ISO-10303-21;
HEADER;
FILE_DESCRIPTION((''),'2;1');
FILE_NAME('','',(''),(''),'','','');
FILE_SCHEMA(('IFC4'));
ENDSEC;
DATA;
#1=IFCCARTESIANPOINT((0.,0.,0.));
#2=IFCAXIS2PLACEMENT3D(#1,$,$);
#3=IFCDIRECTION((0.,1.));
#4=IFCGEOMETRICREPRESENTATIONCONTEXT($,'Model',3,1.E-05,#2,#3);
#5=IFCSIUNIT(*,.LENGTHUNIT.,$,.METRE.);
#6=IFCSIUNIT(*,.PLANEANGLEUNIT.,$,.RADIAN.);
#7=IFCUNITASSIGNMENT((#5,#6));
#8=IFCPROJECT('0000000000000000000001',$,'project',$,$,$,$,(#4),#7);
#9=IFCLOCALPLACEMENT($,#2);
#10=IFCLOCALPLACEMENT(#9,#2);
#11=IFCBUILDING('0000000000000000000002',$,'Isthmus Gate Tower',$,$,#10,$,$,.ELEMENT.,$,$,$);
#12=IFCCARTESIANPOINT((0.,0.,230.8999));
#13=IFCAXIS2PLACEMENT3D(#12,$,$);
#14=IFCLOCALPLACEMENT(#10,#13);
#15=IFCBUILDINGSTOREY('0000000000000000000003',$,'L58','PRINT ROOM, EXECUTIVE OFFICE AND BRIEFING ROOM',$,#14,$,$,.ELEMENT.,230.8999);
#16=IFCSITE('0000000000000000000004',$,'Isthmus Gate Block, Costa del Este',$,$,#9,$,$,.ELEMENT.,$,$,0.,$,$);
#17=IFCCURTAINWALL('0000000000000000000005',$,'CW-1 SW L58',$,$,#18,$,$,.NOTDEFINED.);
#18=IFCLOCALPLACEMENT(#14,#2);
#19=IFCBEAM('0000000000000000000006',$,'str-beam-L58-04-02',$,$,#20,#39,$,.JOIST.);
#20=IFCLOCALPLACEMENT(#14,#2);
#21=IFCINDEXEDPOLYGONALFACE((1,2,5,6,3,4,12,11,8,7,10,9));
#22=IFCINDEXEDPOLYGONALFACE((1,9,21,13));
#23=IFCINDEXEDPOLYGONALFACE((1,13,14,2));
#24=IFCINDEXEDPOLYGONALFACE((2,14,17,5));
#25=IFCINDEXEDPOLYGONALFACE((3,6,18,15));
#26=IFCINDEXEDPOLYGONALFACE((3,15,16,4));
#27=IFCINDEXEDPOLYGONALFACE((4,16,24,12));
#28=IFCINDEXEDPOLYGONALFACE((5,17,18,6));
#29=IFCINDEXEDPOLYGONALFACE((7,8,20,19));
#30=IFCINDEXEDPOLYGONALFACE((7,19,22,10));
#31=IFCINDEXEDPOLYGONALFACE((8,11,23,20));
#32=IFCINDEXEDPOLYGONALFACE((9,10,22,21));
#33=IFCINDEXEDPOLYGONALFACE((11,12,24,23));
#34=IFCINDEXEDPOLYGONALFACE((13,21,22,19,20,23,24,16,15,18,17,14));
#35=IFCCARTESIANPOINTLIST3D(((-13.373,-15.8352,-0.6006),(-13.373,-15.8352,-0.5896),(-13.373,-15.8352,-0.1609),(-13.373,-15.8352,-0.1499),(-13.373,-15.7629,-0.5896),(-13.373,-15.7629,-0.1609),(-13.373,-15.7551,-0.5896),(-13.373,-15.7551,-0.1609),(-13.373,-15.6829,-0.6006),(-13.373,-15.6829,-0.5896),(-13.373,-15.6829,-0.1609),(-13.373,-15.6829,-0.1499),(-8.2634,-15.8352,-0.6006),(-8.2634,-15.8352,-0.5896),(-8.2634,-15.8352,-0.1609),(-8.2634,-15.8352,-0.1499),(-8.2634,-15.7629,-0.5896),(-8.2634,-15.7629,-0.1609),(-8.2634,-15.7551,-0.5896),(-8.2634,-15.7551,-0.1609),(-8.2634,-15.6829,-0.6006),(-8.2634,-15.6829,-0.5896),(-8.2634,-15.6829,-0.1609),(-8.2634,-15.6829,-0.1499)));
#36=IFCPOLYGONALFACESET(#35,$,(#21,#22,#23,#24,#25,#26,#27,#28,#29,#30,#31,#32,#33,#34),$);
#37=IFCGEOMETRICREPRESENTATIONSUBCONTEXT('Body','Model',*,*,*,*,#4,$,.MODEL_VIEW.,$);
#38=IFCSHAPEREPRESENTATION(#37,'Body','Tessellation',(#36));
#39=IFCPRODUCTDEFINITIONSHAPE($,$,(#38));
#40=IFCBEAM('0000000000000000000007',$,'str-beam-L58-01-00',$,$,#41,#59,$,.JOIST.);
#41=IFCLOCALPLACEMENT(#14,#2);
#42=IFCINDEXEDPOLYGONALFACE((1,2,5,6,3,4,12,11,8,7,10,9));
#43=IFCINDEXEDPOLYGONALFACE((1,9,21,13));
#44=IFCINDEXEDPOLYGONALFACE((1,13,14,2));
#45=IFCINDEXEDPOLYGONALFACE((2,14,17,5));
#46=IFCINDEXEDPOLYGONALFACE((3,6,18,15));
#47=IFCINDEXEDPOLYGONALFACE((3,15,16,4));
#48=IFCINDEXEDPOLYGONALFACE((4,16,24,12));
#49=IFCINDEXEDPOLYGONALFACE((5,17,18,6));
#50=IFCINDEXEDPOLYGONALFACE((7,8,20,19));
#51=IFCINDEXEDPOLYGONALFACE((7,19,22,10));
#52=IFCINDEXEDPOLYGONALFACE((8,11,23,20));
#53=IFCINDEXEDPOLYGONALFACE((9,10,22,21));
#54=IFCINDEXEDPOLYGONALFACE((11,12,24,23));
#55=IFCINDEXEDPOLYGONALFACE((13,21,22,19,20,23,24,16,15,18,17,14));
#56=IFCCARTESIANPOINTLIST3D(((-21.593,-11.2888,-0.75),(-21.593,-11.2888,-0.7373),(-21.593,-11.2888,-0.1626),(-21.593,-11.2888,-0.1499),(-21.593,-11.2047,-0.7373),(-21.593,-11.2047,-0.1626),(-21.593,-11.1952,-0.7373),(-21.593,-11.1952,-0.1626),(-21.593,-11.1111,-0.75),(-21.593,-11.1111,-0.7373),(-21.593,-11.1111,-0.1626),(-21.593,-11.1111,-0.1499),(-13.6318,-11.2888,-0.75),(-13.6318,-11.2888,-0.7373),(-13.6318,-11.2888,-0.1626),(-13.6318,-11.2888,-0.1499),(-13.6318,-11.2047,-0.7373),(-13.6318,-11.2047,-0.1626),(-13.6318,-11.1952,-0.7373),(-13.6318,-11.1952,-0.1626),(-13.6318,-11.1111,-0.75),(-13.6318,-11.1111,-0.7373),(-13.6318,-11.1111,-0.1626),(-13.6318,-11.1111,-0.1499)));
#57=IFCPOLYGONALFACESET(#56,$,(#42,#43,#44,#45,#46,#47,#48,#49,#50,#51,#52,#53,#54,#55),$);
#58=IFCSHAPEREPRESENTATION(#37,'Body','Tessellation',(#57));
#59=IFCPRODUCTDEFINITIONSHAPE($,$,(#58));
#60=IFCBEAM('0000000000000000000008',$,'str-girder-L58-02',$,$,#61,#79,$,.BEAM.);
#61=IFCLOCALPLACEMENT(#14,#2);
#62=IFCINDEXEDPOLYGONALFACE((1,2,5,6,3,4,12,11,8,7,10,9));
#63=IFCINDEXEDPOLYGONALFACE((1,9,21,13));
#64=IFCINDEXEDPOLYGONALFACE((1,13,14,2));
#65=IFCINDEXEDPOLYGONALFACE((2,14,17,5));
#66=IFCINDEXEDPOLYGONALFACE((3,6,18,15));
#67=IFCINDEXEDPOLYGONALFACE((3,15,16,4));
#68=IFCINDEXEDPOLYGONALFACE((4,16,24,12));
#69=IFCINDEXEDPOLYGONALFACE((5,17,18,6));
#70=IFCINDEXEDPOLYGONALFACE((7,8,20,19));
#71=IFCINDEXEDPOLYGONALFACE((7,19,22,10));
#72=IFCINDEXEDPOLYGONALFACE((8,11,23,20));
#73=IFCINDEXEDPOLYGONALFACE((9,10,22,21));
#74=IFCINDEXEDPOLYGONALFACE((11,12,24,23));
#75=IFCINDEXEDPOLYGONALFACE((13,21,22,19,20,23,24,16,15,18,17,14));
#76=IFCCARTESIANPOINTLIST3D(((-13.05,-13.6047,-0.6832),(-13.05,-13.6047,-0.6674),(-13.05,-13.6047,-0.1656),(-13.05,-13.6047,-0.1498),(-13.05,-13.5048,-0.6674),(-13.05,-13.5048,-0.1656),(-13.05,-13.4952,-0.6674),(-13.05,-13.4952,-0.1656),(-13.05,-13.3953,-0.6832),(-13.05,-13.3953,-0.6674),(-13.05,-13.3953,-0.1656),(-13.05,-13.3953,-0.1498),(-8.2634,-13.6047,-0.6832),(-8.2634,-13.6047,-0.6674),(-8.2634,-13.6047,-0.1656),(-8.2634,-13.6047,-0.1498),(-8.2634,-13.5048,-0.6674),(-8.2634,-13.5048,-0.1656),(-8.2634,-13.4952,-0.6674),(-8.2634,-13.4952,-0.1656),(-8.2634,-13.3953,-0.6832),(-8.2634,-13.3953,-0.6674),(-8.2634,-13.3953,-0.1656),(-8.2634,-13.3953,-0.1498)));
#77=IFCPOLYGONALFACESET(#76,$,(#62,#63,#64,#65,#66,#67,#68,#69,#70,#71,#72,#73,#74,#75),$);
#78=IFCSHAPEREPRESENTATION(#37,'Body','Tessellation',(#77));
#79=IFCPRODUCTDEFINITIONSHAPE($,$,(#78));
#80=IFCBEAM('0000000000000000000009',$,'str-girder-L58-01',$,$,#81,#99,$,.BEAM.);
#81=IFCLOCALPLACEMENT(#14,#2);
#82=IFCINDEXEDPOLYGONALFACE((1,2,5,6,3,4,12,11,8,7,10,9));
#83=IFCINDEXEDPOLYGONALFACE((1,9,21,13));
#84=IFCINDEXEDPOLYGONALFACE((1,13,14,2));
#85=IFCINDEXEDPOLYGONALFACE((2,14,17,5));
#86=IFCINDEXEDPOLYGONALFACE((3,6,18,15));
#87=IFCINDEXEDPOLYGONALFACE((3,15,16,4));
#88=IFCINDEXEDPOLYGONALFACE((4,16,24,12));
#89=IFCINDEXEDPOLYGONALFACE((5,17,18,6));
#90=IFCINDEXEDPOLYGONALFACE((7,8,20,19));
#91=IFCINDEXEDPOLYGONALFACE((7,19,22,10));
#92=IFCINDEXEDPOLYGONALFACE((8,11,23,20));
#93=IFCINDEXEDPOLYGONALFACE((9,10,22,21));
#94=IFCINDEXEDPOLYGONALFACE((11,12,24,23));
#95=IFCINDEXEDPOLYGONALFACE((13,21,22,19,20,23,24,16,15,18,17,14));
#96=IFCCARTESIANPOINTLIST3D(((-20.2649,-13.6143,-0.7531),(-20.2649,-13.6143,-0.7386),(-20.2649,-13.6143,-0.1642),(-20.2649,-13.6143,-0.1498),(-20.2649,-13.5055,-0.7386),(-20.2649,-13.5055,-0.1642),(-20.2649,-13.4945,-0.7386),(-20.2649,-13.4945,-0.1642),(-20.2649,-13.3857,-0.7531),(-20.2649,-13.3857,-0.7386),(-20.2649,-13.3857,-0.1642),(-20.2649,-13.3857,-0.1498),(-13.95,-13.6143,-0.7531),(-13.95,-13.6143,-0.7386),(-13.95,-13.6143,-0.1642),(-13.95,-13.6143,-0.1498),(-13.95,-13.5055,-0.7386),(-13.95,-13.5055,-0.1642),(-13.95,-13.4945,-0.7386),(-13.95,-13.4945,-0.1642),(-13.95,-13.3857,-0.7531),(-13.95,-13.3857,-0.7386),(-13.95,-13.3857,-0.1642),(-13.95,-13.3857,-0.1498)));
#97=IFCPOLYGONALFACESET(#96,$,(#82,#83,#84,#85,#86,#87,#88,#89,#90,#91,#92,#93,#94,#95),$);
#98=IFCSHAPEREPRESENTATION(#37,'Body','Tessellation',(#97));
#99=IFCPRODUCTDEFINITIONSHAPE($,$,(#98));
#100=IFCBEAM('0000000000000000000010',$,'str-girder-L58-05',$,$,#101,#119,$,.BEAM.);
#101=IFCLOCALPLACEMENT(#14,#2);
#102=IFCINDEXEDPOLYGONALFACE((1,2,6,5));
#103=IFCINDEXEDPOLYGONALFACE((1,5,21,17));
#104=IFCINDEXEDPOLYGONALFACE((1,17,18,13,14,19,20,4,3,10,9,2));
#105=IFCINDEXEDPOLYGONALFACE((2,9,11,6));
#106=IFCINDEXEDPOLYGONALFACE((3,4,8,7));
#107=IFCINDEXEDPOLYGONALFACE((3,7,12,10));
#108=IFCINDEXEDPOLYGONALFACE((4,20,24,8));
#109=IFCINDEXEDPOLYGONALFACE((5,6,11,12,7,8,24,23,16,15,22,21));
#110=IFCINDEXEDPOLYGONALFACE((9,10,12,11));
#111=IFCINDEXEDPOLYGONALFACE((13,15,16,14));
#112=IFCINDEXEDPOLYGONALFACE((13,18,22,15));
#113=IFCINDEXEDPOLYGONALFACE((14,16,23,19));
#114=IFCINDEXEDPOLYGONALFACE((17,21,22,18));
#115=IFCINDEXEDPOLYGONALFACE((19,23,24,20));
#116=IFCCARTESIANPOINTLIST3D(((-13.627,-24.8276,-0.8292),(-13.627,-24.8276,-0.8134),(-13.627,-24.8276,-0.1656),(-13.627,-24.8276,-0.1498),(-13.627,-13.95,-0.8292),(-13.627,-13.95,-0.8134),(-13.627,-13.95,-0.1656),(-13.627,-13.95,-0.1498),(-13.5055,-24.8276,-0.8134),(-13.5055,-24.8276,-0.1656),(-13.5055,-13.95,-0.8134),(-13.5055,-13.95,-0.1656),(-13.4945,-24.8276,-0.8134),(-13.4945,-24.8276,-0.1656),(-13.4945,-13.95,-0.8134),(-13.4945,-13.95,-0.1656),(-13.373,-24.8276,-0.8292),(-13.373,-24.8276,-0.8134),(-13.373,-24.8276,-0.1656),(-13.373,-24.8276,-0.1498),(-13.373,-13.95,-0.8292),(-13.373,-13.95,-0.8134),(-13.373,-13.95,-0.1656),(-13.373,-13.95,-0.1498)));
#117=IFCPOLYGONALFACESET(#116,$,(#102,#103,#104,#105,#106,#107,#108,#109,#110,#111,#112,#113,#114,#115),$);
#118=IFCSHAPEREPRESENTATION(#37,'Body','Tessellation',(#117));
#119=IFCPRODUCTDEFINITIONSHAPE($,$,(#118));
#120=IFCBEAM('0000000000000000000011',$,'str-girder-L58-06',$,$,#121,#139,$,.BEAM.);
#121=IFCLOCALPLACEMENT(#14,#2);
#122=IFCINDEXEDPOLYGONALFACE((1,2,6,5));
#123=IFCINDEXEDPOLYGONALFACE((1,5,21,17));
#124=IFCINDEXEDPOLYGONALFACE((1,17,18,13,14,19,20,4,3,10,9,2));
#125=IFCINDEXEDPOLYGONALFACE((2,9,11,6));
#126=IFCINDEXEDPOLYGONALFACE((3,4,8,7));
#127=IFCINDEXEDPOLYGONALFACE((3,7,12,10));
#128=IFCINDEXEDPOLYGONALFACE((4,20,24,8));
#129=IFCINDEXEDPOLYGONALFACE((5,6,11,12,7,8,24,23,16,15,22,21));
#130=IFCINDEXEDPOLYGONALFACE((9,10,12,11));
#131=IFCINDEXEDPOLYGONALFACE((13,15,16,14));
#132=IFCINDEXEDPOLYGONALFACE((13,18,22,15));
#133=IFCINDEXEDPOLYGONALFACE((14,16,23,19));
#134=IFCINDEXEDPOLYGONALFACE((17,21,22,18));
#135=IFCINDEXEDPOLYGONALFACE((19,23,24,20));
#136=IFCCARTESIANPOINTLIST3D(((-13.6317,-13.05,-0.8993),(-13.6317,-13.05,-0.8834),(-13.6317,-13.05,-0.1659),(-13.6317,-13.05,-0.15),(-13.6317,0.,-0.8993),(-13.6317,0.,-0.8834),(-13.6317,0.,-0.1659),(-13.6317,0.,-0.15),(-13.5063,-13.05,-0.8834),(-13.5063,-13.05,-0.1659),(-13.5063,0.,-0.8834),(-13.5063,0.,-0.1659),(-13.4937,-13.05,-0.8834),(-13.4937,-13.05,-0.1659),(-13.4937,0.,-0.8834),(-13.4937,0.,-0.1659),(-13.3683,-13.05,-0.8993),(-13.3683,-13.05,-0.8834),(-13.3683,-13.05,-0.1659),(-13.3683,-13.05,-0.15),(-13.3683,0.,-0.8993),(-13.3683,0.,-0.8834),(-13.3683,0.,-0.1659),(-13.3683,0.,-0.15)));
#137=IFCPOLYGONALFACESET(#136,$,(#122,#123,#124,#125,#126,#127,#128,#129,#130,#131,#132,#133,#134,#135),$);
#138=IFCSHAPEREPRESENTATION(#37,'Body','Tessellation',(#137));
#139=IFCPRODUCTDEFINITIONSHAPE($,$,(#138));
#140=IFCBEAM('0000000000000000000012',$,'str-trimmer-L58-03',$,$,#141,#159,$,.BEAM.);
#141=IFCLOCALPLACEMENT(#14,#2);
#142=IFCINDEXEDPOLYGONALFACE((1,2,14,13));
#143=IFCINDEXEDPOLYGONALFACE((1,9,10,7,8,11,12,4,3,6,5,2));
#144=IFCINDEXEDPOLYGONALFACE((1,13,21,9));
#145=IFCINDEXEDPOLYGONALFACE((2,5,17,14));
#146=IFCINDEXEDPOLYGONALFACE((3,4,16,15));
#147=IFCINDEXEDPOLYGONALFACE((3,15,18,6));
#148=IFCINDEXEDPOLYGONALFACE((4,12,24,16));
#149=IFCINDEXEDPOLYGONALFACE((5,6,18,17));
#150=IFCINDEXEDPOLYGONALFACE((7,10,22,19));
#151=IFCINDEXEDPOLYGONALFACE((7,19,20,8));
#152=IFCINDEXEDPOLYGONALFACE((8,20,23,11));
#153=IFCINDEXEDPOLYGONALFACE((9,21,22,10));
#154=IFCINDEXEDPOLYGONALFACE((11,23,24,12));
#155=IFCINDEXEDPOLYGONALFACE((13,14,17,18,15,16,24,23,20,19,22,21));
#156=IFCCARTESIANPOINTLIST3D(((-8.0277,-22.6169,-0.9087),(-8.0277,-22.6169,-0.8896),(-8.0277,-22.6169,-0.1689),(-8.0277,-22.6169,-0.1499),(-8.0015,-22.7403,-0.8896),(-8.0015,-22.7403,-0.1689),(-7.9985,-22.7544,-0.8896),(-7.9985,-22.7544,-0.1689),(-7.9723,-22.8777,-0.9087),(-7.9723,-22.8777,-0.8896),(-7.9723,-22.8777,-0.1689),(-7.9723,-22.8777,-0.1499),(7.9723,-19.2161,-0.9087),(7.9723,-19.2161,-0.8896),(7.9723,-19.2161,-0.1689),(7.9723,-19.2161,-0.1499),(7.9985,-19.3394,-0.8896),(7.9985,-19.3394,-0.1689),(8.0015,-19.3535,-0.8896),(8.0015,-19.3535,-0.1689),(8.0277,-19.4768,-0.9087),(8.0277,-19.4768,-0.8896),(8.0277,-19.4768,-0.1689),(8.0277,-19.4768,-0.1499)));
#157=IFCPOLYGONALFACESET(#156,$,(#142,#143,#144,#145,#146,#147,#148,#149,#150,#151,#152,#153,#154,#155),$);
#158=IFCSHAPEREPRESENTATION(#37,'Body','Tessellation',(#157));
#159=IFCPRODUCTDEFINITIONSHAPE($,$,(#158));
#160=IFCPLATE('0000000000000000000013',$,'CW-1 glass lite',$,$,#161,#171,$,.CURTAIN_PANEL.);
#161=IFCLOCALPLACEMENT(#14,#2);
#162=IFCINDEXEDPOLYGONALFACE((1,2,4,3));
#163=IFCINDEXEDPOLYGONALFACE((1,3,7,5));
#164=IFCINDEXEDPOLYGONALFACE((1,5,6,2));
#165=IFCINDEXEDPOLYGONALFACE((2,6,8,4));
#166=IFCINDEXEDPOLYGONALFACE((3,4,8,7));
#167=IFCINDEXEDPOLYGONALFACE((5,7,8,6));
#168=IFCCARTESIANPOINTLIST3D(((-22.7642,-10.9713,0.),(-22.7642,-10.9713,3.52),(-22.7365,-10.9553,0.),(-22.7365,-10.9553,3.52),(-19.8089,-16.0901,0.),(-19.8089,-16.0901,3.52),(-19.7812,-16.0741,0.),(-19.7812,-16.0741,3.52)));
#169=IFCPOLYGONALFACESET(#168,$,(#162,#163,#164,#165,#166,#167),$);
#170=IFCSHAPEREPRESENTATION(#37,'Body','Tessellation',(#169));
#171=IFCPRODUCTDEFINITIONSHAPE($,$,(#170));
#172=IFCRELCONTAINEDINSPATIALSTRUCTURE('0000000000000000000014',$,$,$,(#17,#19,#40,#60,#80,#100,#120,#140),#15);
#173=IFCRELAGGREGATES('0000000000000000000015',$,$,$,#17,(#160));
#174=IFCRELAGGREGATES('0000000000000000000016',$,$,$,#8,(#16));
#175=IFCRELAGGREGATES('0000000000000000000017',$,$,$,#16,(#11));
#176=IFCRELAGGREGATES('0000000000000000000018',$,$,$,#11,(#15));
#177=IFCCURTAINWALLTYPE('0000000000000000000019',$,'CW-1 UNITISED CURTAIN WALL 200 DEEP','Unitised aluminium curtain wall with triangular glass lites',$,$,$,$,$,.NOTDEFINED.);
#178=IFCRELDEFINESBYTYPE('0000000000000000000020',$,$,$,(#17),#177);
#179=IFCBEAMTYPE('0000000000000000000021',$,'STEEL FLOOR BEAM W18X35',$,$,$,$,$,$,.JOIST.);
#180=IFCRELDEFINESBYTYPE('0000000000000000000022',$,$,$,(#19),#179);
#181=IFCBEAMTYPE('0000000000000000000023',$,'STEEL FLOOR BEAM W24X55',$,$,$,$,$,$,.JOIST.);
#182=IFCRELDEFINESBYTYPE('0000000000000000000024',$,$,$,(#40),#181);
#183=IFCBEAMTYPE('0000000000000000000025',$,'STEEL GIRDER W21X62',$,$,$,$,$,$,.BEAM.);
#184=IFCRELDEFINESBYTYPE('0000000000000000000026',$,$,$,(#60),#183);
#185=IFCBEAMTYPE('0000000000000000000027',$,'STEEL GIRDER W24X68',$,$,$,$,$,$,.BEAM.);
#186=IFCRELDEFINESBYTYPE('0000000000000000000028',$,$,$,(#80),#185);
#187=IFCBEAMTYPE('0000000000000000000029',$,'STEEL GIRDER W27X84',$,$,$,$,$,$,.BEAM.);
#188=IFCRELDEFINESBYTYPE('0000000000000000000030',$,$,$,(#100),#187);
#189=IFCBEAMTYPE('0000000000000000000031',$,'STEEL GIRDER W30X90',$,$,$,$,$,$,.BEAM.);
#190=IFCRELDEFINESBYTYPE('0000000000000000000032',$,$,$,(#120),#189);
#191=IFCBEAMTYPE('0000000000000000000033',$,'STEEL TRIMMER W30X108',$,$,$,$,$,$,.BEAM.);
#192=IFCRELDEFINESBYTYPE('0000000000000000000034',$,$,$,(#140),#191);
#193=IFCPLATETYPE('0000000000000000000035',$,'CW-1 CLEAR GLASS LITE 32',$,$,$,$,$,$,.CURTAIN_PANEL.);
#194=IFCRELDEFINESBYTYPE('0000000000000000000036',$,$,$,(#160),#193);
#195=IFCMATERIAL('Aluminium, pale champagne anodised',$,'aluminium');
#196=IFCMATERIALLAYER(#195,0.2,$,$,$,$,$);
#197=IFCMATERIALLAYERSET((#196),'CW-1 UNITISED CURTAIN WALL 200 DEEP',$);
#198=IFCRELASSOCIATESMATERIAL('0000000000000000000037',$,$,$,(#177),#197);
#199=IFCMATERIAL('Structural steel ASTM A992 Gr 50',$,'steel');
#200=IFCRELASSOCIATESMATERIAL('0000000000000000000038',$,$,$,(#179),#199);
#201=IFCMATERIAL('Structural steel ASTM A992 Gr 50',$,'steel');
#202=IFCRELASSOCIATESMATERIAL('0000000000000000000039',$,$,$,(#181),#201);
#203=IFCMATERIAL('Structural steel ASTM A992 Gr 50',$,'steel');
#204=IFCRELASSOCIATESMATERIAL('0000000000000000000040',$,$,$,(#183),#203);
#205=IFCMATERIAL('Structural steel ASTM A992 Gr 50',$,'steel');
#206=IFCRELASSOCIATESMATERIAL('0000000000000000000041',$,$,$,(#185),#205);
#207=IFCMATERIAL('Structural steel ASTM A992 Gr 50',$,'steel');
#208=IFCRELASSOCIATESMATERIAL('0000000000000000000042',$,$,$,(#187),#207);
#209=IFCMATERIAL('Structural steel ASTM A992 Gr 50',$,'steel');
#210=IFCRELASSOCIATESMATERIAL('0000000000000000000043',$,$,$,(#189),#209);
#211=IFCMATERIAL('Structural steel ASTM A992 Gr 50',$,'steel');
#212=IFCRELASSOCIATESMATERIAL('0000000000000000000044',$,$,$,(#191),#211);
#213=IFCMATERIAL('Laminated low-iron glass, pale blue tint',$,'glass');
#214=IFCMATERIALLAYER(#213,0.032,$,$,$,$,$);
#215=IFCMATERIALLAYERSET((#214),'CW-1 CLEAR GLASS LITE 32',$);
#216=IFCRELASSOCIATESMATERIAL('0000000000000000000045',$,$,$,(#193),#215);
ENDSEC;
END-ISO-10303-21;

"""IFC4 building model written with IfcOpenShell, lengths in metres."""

from ifc_helpers import new_model, si_unit, direction, frame, origin, origin_2d, place, context, subcontext, project, spatial, rectangle, i_section, extrude, material, layer, layer_set, material_profile, profile_set, type_object, element, aggregate, save


model = new_model("IFC4")

# Units and contexts
model_context = context("Model", 3, precision=1e-05, world=origin(), true_north=direction((0.0, 1.0)))
body_context = subcontext(model_context, "Body", "Model", "MODEL_VIEW")
ifc_project = project(units=[si_unit("LENGTHUNIT", "METRE"), si_unit("PLANEANGLEUNIT", "RADIAN")], contexts=[model_context])

# Site, building, storey
site_placement = place(None, origin())
site = spatial("IfcSite", under=ifc_project, at=site_placement, Name="Isthmus Gate Block, Costa del Este", CompositionType="ELEMENT", RefElevation=0.0)
building_placement = place(site_placement, origin())
building = spatial("IfcBuilding", under=site, at=building_placement, Name="Isthmus Gate Tower", CompositionType="ELEMENT")
storey_placement = place(building_placement, frame((0.0, 0.0, 230.8999)))
storey = spatial("IfcBuildingStorey", under=building, at=storey_placement, Name="L58", Description="PRINT ROOM, EXECUTIVE OFFICE AND BRIEFING ROOM", CompositionType="ELEMENT", Elevation=230.8999)

# Curtain wall
ifc_material_1 = material(Name="Aluminium, pale champagne anodised", Category="aluminium")
ifc_layer_1 = layer(ifc_material_1, 0.2)
ifc_layer_set_1 = layer_set([ifc_layer_1], Name="CW-1 UNITISED CURTAIN WALL 200 DEEP")
curtain_wall_type = type_object("IfcCurtainWallType", Name="CW-1 UNITISED CURTAIN WALL 200 DEEP", Description="Unitised aluminium curtain wall with triangular glass lites", PredefinedType="NOTDEFINED", material=ifc_layer_set_1)
curtain_wall_1_placement = place(storey_placement, origin())
curtain_wall_1 = element("IfcCurtainWall", 1, at=curtain_wall_1_placement, inside=storey, type_object=curtain_wall_type, Name="CW-1 SW L58", PredefinedType="NOTDEFINED")

# Beams
ifc_material_2 = material(Name="Structural steel ASTM A992 Gr 50", Category="steel")
ifc_material_profile_1 = material_profile(ifc_material_2, i_section(OverallWidth=0.1523, OverallDepth=0.4507, WebThickness=0.0078, FlangeThickness=0.011, at=origin_2d()), Name="W18X35")
ifc_profile_set_1 = profile_set([ifc_material_profile_1], Name="Structural steel ASTM A992 Gr 50")
beam_type_1 = type_object("IfcBeamType", Name="STEEL FLOOR BEAM W18X35", PredefinedType="JOIST", material=ifc_profile_set_1)
for number, where, z_axis, x_axis, name in (
    (2, (-13.373, -15.759, -0.3752), (1.0, 0.0, 0.0), (0.0, 1.0, 0.0), "str-beam-L58-04-02"),
):
    element("IfcBeam", number, at=place(storey_placement, frame(where, z_axis=z_axis, x_axis=x_axis)), inside=storey, type_object=beam_type_1, Name=name, PredefinedType="JOIST", context=body_context, shape_type="SweptSolid", body=[
        extrude(i_section(OverallWidth=0.1523, OverallDepth=0.4507, WebThickness=0.0078, FlangeThickness=0.011, at=origin_2d()), origin(), (0.0, 0.0, 1.0), 5.1096),
    ])
ifc_material_3 = material(Name="Structural steel ASTM A992 Gr 50", Category="steel")
ifc_material_profile_2 = material_profile(ifc_material_3, i_section(OverallWidth=0.1777, OverallDepth=0.6001, WebThickness=0.0095, FlangeThickness=0.0127, at=origin_2d()), Name="W24X55")
ifc_profile_set_2 = profile_set([ifc_material_profile_2], Name="Structural steel ASTM A992 Gr 50")
beam_type_2 = type_object("IfcBeamType", Name="STEEL FLOOR BEAM W24X55", PredefinedType="JOIST", material=ifc_profile_set_2)
beam_1_placement = place(storey_placement, frame((-21.593, -11.2, -0.45), z_axis=(1.0, 0.0, 0.0), x_axis=(0.0, 1.0, 0.0)))
element("IfcBeam", 3, at=beam_1_placement, inside=storey, type_object=beam_type_2, Name="str-beam-L58-01-00", PredefinedType="JOIST", context=body_context, shape_type="SweptSolid", body=[
    extrude(i_section(OverallWidth=0.1777, OverallDepth=0.6001, WebThickness=0.0095, FlangeThickness=0.0127, at=origin_2d()), origin(), (0.0, 0.0, 1.0), 7.9612),
])
ifc_material_4 = material(Name="Structural steel ASTM A992 Gr 50", Category="steel")
ifc_material_profile_3 = material_profile(ifc_material_4, i_section(OverallWidth=0.2095, OverallDepth=0.5334, WebThickness=0.0095, FlangeThickness=0.0159, at=origin_2d()), Name="W21X62")
ifc_profile_set_3 = profile_set([ifc_material_profile_3], Name="Structural steel ASTM A992 Gr 50")
beam_type_3 = type_object("IfcBeamType", Name="STEEL GIRDER W21X62", PredefinedType="BEAM", material=ifc_profile_set_3)
beam_2_placement = place(storey_placement, frame((-13.05, -13.5, -0.4165), z_axis=(1.0, 0.0, 0.0), x_axis=(0.0, 1.0, 0.0)))
element("IfcBeam", 4, at=beam_2_placement, inside=storey, type_object=beam_type_3, Name="str-girder-L58-02", PredefinedType="BEAM", context=body_context, shape_type="SweptSolid", body=[
    extrude(i_section(OverallWidth=0.2095, OverallDepth=0.5334, WebThickness=0.0095, FlangeThickness=0.0159, at=origin_2d()), origin(), (0.0, 0.0, 1.0), 4.7866),
])
ifc_material_5 = material(Name="Structural steel ASTM A992 Gr 50", Category="steel")
ifc_material_profile_4 = material_profile(ifc_material_5, i_section(OverallWidth=0.2285, OverallDepth=0.6033, WebThickness=0.011, FlangeThickness=0.0144, at=origin_2d()), Name="W24X68")
ifc_profile_set_4 = profile_set([ifc_material_profile_4], Name="Structural steel ASTM A992 Gr 50")
beam_type_4 = type_object("IfcBeamType", Name="STEEL GIRDER W24X68", PredefinedType="BEAM", material=ifc_profile_set_4)
beam_3_placement = place(storey_placement, frame((-20.2649, -13.5, -0.4514), z_axis=(1.0, 0.0, 0.0), x_axis=(0.0, 1.0, 0.0)))
element("IfcBeam", 5, at=beam_3_placement, inside=storey, type_object=beam_type_4, Name="str-girder-L58-01", PredefinedType="BEAM", context=body_context, shape_type="SweptSolid", body=[
    extrude(i_section(OverallWidth=0.2285, OverallDepth=0.6033, WebThickness=0.011, FlangeThickness=0.0144, at=origin_2d()), origin(), (0.0, 0.0, 1.0), 6.3149),
])
ifc_material_6 = material(Name="Structural steel ASTM A992 Gr 50", Category="steel")
ifc_material_profile_5 = material_profile(ifc_material_6, i_section(OverallWidth=0.2539, OverallDepth=0.6794, WebThickness=0.011, FlangeThickness=0.0159, at=origin_2d()), Name="W27X84")
ifc_profile_set_5 = profile_set([ifc_material_profile_5], Name="Structural steel ASTM A992 Gr 50")
beam_type_5 = type_object("IfcBeamType", Name="STEEL GIRDER W27X84", PredefinedType="BEAM", material=ifc_profile_set_5)
beam_4_placement = place(storey_placement, frame((-13.5, -24.8276, -0.4895), z_axis=(0.0, 1.0, 0.0), x_axis=(-1.0, 0.0, 0.0)))
element("IfcBeam", 6, at=beam_4_placement, inside=storey, type_object=beam_type_5, Name="str-girder-L58-05", PredefinedType="BEAM", context=body_context, shape_type="SweptSolid", body=[
    extrude(i_section(OverallWidth=0.2539, OverallDepth=0.6794, WebThickness=0.011, FlangeThickness=0.0159, at=origin_2d()), origin(), (0.0, 0.0, 1.0), 10.8777),
])
ifc_material_7 = material(Name="Structural steel ASTM A992 Gr 50", Category="steel")
ifc_material_profile_6 = material_profile(ifc_material_7, i_section(OverallWidth=0.2634, OverallDepth=0.7493, WebThickness=0.0127, FlangeThickness=0.0159, at=origin_2d()), Name="W30X90")
ifc_profile_set_6 = profile_set([ifc_material_profile_6], Name="Structural steel ASTM A992 Gr 50")
beam_type_6 = type_object("IfcBeamType", Name="STEEL GIRDER W30X90", PredefinedType="BEAM", material=ifc_profile_set_6)
beam_5_placement = place(storey_placement, frame((-13.5, -13.05, -0.5247), z_axis=(0.0, 1.0, 0.0), x_axis=(-1.0, 0.0, 0.0)))
element("IfcBeam", 7, at=beam_5_placement, inside=storey, type_object=beam_type_6, Name="str-girder-L58-06", PredefinedType="BEAM", context=body_context, shape_type="SweptSolid", body=[
    extrude(i_section(OverallWidth=0.2634, OverallDepth=0.7493, WebThickness=0.0127, FlangeThickness=0.0159, at=origin_2d()), origin(), (0.0, 0.0, 1.0), 13.05),
])
ifc_material_8 = material(Name="Structural steel ASTM A992 Gr 50", Category="steel")
ifc_material_profile_7 = material_profile(ifc_material_8, i_section(OverallWidth=0.2666, OverallDepth=0.7588, WebThickness=0.0144, FlangeThickness=0.019, at=origin_2d()), Name="W30X108")
ifc_profile_set_7 = profile_set([ifc_material_profile_7], Name="Structural steel ASTM A992 Gr 50")
beam_type_7 = type_object("IfcBeamType", Name="STEEL TRIMMER W30X108", PredefinedType="BEAM", material=ifc_profile_set_7)
beam_6_placement = place(storey_placement, frame((-8.0, -22.7473, -0.5293), z_axis=(0.978148, 0.20791, 0.0), x_axis=(-0.20791, 0.978148, 0.0)))
element("IfcBeam", 8, at=beam_6_placement, inside=storey, type_object=beam_type_7, Name="str-trimmer-L58-03", PredefinedType="BEAM", context=body_context, shape_type="SweptSolid", body=[
    extrude(i_section(OverallWidth=0.2666, OverallDepth=0.7588, WebThickness=0.0144, FlangeThickness=0.019, at=origin_2d()), origin(), (0.0, 0.0, 1.0), 16.3574),
])

# Plate
ifc_material_9 = material(Name="Laminated low-iron glass, pale blue tint", Category="glass")
ifc_layer_2 = layer(ifc_material_9, 0.032)
ifc_layer_set_2 = layer_set([ifc_layer_2], Name="CW-1 CLEAR GLASS LITE 32")
plate_type = type_object("IfcPlateType", Name="CW-1 CLEAR GLASS LITE 32", PredefinedType="CURTAIN_PANEL", material=ifc_layer_set_2)
plate_1_placement = place(storey_placement, frame((-21.2727, -13.5227, 0.0), z_axis=(0.0, 0.0, 1.0), x_axis=(0.5, -0.866025, 0.0)))
plate_1 = element("IfcPlate", 9, at=plate_1_placement, type_object=plate_type, Name="CW-1 glass lite", PredefinedType="CURTAIN_PANEL", context=body_context, shape_type="SweptSolid", body=[
    extrude(rectangle(XDim=5.9106, YDim=0.032, at=origin_2d()), origin(), (0.0, 0.0, 1.0), 3.52),
])
aggregate(curtain_wall_1, [plate_1])

save(model, "model.ifc")
